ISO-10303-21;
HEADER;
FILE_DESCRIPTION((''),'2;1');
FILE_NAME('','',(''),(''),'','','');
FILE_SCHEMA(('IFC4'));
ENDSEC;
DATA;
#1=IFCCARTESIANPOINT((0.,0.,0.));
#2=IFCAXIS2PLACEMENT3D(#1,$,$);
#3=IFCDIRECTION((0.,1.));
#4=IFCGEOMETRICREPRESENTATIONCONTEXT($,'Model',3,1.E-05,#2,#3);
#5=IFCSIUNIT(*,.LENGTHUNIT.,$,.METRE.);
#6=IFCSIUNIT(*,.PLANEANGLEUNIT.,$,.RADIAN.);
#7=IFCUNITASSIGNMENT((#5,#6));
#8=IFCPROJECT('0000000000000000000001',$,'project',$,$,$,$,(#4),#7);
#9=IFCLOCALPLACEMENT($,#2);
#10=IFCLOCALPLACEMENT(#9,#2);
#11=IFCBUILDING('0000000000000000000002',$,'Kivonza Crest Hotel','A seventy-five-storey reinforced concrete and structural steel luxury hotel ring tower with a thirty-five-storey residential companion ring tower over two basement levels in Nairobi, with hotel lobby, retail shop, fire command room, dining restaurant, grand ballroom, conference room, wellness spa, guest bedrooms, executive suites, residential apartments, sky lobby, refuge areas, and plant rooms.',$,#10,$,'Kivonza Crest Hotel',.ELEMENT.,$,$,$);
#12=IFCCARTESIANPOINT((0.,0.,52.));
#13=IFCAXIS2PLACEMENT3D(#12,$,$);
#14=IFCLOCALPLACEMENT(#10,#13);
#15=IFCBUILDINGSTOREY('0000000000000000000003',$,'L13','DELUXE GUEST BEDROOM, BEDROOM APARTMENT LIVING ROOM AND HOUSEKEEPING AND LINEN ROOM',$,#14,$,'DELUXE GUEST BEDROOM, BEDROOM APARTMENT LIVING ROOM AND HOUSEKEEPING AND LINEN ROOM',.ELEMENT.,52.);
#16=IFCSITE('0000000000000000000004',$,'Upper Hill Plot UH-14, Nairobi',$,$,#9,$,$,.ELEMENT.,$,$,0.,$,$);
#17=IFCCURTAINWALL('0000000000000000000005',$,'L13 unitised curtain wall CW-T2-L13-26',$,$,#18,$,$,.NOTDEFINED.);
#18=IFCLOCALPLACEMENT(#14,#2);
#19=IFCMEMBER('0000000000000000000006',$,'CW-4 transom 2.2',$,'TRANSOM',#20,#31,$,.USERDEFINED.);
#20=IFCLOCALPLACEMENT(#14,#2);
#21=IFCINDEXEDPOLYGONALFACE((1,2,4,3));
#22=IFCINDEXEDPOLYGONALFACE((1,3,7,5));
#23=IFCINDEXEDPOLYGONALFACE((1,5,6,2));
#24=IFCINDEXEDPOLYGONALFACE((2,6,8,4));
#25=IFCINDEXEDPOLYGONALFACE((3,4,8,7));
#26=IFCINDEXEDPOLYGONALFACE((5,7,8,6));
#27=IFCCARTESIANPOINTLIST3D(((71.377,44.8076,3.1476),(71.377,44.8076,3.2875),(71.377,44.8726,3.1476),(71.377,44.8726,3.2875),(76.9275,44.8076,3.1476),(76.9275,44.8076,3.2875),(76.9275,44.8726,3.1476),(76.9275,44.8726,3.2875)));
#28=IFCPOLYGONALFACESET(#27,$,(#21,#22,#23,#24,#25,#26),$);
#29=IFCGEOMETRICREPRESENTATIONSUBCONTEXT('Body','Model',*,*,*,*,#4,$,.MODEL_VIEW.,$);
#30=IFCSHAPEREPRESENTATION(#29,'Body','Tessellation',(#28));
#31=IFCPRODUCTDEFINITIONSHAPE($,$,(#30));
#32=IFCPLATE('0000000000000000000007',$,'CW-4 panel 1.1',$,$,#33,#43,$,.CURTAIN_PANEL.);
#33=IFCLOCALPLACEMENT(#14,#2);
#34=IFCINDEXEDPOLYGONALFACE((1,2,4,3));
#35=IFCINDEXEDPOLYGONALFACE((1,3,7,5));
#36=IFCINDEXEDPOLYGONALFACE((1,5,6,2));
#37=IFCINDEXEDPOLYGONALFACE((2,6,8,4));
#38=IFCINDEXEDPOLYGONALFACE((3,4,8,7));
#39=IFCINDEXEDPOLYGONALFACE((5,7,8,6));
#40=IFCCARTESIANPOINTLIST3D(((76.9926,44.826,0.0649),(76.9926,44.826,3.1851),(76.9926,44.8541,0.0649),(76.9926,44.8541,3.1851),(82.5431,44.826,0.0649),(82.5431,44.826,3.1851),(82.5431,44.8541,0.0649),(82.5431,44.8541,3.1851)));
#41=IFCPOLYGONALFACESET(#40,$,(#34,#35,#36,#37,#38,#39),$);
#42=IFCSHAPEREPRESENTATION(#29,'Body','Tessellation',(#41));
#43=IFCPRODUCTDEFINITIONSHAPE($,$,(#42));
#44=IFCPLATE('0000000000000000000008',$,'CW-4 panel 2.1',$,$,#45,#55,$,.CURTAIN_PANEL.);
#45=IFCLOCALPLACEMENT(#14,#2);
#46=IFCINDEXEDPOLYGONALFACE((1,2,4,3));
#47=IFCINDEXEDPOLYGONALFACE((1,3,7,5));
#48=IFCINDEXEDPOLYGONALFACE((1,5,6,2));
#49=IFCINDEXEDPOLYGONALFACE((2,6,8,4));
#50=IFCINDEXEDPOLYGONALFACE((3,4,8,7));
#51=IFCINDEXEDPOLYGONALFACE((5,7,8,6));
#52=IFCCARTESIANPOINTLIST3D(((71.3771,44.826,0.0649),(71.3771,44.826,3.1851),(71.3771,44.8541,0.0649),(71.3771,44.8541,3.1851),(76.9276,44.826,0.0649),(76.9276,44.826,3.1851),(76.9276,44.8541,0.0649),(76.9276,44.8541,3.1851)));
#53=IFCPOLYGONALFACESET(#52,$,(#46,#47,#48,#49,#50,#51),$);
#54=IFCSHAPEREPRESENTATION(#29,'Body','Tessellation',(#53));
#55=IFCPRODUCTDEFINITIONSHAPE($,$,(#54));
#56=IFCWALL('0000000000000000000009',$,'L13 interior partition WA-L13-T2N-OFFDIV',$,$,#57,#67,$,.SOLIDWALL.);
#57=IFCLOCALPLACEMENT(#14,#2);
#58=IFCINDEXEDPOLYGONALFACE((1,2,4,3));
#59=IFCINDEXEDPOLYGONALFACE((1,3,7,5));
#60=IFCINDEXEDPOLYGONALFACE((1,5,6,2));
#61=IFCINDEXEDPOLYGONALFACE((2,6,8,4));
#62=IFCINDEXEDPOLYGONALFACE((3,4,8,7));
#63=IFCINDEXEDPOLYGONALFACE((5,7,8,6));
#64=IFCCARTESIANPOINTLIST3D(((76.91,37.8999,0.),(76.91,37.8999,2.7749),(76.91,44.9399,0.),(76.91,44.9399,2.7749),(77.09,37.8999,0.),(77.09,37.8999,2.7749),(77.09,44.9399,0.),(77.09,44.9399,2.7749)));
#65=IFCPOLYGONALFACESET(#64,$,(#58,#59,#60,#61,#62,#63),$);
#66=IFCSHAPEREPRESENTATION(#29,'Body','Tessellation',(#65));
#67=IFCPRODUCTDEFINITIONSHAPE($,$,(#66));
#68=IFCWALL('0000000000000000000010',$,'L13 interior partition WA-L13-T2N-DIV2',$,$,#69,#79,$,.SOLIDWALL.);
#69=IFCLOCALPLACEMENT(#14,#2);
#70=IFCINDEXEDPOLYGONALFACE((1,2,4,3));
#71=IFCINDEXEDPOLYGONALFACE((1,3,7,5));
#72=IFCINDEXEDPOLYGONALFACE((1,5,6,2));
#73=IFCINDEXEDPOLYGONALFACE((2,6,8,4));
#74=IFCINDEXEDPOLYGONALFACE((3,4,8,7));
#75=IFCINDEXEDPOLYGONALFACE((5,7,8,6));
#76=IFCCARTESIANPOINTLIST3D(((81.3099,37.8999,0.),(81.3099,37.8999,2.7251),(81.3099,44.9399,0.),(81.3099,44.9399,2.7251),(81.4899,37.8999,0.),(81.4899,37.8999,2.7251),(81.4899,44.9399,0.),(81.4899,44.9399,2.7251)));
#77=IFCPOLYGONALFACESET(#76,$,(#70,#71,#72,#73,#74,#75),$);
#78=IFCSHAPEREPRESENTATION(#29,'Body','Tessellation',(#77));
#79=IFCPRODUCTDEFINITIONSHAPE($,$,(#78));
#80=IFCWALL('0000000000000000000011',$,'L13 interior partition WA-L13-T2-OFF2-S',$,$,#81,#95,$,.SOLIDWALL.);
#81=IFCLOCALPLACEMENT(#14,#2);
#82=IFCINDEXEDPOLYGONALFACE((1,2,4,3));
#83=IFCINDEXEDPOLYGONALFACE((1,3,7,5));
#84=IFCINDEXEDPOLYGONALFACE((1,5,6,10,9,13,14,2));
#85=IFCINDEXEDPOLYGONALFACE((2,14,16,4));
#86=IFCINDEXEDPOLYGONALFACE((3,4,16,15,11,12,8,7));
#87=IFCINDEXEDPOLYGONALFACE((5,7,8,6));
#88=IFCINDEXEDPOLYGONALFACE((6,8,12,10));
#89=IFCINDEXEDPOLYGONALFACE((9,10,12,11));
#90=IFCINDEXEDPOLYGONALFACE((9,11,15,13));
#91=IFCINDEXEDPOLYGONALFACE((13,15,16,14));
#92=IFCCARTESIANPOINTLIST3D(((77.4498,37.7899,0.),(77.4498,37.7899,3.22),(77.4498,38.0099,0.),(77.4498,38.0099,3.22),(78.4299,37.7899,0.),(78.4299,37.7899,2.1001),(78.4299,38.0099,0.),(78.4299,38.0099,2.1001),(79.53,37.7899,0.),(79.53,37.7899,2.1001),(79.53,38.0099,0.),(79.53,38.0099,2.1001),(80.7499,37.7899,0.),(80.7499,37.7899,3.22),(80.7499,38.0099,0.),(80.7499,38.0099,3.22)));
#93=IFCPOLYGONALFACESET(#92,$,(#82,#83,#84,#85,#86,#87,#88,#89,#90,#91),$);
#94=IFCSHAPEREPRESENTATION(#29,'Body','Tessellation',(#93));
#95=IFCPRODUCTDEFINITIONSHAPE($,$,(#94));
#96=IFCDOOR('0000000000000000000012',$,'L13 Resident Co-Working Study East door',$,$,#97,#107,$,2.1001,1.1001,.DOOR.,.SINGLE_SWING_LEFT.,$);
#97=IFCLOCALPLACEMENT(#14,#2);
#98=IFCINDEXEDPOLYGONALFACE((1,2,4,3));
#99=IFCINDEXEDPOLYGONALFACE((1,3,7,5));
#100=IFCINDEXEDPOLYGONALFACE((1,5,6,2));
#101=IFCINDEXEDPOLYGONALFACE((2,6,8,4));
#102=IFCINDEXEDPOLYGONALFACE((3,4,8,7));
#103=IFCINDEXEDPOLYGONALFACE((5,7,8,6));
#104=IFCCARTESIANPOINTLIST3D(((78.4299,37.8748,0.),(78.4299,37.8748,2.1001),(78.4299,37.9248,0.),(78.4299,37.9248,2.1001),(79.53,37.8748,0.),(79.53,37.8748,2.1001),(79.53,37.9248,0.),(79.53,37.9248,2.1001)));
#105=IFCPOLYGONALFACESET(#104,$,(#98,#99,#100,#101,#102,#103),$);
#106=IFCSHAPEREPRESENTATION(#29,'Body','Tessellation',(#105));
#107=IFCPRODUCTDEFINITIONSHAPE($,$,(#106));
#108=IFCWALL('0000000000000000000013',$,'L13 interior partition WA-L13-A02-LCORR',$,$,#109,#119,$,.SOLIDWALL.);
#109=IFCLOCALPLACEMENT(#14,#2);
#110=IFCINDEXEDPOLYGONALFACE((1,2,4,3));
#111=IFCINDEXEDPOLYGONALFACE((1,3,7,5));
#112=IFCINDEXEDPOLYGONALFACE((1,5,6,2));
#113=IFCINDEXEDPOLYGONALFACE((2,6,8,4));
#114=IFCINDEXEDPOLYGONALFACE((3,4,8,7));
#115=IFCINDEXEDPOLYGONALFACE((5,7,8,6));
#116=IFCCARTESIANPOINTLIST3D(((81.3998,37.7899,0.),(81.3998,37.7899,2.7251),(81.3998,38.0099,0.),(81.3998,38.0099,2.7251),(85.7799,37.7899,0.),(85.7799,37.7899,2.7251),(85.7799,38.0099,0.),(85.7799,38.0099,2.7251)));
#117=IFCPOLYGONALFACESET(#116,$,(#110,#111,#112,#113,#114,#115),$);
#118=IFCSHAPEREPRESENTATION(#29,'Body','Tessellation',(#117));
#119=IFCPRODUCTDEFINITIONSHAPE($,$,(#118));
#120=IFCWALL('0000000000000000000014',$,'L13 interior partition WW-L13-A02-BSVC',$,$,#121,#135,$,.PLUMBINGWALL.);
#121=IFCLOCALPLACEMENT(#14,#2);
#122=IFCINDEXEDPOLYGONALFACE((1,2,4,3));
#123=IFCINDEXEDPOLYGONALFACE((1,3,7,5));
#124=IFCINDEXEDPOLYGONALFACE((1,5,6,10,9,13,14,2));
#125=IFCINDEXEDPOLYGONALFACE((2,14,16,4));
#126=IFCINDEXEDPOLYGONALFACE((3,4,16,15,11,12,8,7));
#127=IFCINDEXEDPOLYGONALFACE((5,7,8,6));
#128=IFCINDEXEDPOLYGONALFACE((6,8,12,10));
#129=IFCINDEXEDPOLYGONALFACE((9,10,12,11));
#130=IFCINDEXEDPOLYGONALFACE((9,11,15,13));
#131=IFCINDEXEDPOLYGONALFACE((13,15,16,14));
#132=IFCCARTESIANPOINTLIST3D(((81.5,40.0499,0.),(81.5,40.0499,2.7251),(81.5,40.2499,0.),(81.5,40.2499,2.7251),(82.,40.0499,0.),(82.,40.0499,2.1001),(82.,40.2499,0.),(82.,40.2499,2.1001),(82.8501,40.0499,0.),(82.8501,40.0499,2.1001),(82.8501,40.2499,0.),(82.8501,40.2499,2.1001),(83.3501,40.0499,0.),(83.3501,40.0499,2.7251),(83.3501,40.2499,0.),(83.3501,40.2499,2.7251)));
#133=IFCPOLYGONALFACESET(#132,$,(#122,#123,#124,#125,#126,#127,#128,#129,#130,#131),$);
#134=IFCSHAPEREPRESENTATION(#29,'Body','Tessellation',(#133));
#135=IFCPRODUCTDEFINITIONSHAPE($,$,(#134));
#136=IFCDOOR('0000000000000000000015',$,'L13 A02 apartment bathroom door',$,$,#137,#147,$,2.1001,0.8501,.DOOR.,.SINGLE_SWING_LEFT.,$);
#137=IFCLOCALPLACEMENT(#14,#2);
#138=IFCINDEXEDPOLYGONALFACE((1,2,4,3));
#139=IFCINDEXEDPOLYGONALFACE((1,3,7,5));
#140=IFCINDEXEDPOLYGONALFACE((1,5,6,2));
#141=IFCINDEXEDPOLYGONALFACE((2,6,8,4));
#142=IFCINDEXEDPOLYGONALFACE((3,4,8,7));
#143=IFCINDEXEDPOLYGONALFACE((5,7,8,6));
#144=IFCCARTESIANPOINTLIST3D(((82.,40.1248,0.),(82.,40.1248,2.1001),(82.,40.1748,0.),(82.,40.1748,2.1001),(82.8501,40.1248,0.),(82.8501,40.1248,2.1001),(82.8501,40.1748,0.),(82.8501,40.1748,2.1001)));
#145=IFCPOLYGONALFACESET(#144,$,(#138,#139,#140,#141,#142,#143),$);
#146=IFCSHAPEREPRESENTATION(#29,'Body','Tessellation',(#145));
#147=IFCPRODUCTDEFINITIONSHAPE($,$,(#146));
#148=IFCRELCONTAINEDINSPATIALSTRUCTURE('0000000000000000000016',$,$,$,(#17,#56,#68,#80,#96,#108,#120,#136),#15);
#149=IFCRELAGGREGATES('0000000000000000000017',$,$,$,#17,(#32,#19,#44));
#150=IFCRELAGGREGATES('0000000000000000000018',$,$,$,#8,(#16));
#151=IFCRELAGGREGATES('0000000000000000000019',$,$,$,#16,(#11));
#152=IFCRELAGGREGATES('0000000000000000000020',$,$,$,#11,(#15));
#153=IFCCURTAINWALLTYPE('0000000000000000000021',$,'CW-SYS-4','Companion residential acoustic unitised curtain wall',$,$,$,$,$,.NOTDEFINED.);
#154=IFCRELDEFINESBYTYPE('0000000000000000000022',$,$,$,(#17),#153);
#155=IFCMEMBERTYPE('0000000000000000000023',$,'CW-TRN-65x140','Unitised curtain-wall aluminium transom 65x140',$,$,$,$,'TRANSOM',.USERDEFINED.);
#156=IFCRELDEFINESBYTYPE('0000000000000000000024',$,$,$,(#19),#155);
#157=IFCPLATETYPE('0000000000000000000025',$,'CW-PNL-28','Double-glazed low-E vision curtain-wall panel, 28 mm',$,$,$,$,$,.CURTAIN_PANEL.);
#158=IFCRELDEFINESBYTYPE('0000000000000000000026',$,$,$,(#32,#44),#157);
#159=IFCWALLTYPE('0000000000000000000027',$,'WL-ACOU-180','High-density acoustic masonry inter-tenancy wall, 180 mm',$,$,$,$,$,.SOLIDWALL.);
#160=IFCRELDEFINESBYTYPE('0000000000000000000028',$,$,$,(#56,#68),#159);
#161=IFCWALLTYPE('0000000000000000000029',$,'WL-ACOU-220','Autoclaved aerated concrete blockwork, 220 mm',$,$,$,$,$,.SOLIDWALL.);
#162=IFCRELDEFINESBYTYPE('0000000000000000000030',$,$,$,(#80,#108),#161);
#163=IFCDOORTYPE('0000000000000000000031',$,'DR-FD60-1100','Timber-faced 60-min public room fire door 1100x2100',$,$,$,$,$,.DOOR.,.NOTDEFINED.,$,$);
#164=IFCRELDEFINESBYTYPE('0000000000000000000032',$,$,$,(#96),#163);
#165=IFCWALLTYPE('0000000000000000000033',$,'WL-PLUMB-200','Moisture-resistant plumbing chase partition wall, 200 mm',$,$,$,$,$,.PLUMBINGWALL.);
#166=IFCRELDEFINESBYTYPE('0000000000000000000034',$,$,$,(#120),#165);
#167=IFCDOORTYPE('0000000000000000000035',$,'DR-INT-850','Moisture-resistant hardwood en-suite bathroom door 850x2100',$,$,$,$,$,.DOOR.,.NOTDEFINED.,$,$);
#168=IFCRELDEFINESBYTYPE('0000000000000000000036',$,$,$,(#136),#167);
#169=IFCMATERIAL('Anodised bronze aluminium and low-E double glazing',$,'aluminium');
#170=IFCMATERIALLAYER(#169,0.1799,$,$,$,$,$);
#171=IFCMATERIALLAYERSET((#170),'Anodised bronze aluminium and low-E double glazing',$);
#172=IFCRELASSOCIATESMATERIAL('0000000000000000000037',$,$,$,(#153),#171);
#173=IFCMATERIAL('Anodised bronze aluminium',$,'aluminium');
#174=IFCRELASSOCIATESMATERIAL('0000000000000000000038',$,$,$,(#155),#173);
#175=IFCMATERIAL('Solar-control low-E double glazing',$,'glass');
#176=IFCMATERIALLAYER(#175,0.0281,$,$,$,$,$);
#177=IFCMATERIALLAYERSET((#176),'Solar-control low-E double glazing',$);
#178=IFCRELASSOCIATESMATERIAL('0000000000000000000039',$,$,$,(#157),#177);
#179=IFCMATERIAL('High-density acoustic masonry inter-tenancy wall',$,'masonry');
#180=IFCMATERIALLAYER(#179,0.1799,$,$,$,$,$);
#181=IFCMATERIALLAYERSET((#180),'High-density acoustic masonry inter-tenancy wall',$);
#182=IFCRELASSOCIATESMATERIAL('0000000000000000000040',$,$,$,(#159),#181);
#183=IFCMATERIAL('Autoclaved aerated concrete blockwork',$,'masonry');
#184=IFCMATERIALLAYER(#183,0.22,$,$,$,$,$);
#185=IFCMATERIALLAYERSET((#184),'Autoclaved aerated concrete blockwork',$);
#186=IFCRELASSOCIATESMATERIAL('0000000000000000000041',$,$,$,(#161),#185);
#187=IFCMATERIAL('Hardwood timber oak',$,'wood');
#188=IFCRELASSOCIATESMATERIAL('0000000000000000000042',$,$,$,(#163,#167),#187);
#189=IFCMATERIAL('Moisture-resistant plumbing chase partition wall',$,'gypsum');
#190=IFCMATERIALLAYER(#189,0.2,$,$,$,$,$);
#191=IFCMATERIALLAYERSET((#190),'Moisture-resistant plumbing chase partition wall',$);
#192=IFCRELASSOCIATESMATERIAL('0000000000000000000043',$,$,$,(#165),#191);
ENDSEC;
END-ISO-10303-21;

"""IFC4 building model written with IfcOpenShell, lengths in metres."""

from ifc_helpers import new_model, si_unit, direction, frame, frame_2d, origin, origin_2d, place, context, subcontext, project, spatial, rectangle, extrude, material, layer, layer_set, material_profile, profile_set, type_object, element, fill, aggregate, save


model = new_model("IFC4")

# Units and contexts
model_context = context("Model", 3, precision=1e-05, world=origin(), true_north=direction((0.0, 1.0)))
body_context = subcontext(model_context, "Body", "Model", "MODEL_VIEW")
ifc_project = project(units=[si_unit("LENGTHUNIT", "METRE"), si_unit("PLANEANGLEUNIT", "RADIAN")], contexts=[model_context])

# Site, building, storey
site_placement = place(None, origin())
site = spatial("IfcSite", under=ifc_project, at=site_placement, Name="Upper Hill Plot UH-14, Nairobi", CompositionType="ELEMENT", RefElevation=0.0)
building_placement = place(site_placement, origin())
building = spatial("IfcBuilding", under=site, at=building_placement, Name="Kivonza Crest Hotel", Description="A seventy-five-storey reinforced concrete and structural steel luxury hotel ring tower with a thirty-five-storey residential companion ring tower over two basement levels in Nairobi, with hotel lobby, retail shop, fire command room, dining restaurant, grand ballroom, conference room, wellness spa, guest bedrooms, executive suites, residential apartments, sky lobby, refuge areas, and plant rooms.", LongName="Kivonza Crest Hotel", CompositionType="ELEMENT")
storey_placement = place(building_placement, frame((0.0, 0.0, 52.0)))
storey = spatial("IfcBuildingStorey", under=building, at=storey_placement, Name="L13", Description="DELUXE GUEST BEDROOM, BEDROOM APARTMENT LIVING ROOM AND HOUSEKEEPING AND LINEN ROOM", LongName="DELUXE GUEST BEDROOM, BEDROOM APARTMENT LIVING ROOM AND HOUSEKEEPING AND LINEN ROOM", CompositionType="ELEMENT", Elevation=52.0)

# Curtain wall, member, plates
ifc_material_1 = material(Name="Anodised bronze aluminium and low-E double glazing", Category="aluminium")
ifc_layer_1 = layer(ifc_material_1, 0.1799)
ifc_layer_set_1 = layer_set([ifc_layer_1], Name="Anodised bronze aluminium and low-E double glazing")
curtain_wall_type = type_object("IfcCurtainWallType", Name="CW-SYS-4", Description="Companion residential acoustic unitised curtain wall", PredefinedType="NOTDEFINED", material=ifc_layer_set_1)
curtain_wall_placement = place(storey_placement, origin())
curtain_wall = element("IfcCurtainWall", 1, at=curtain_wall_placement, inside=storey, type_object=curtain_wall_type, Name="L13 unitised curtain wall CW-T2-L13-26", PredefinedType="NOTDEFINED")
ifc_material_2 = material(Name="Anodised bronze aluminium", Category="aluminium")
ifc_material_profile_1 = material_profile(ifc_material_2, rectangle(XDim=0.0649, YDim=0.1399, at=origin_2d()), Name="CW-T 65x140")
ifc_profile_set_1 = profile_set([ifc_material_profile_1], Name="Anodised bronze aluminium")
member_type_1 = type_object("IfcMemberType", Name="CW-TRN-65x140", Description="Unitised curtain-wall aluminium transom 65x140", ElementType="TRANSOM", PredefinedType="USERDEFINED", material=ifc_profile_set_1)
member_1_placement = place(storey_placement, frame((76.9275, 44.8401, 3.2175), z_axis=(-1.0, 0.0, 0.0), x_axis=(0.0, -1.0, 0.0)))
member_1 = element("IfcMember", 2, at=member_1_placement, type_object=member_type_1, Name="CW-4 transom 2.2", ObjectType="TRANSOM", PredefinedType="USERDEFINED", context=body_context, shape_type="SweptSolid", body=[
    extrude(rectangle(XDim=0.0649, YDim=0.1399, at=origin_2d()), origin(), (0.0, 0.0, 1.0), 5.5505),
])
ifc_material_3 = material(Name="Solar-control low-E double glazing", Category="glass")
ifc_layer_2 = layer(ifc_material_3, 0.0281)
ifc_layer_set_2 = layer_set([ifc_layer_2], Name="Solar-control low-E double glazing")
plate_type = type_object("IfcPlateType", Name="CW-PNL-28", Description="Double-glazed low-E vision curtain-wall panel, 28 mm", PredefinedType="CURTAIN_PANEL", material=ifc_layer_set_2)
plate_1_placement = place(storey_placement, frame((79.7678, 44.8401, 0.0649), z_axis=(0.0, 0.0, 1.0), x_axis=(-1.0, 0.0, 0.0)))
plate_1 = element("IfcPlate", 3, at=plate_1_placement, type_object=plate_type, Name="CW-4 panel 1.1", PredefinedType="CURTAIN_PANEL", context=body_context, shape_type="SweptSolid", body=[
    extrude(rectangle(XDim=5.5505, YDim=0.0281, at=origin_2d()), origin(), (0.0, 0.0, 1.0), 3.1201),
])
plate_2_placement = place(storey_placement, frame((74.1523, 44.8401, 0.0649), z_axis=(0.0, 0.0, 1.0), x_axis=(-1.0, 0.0, 0.0)))
plate_2 = element("IfcPlate", 4, at=plate_2_placement, type_object=plate_type, Name="CW-4 panel 2.1", PredefinedType="CURTAIN_PANEL", context=body_context, shape_type="SweptSolid", body=[
    extrude(rectangle(XDim=5.5505, YDim=0.0281, at=origin_2d()), origin(), (0.0, 0.0, 1.0), 3.1201),
])
aggregate(curtain_wall, [plate_1, member_1, plate_2])

# Walls
ifc_material_4 = material(Name="High-density acoustic masonry inter-tenancy wall", Category="masonry")
ifc_layer_3 = layer(ifc_material_4, 0.1799)
ifc_layer_set_3 = layer_set([ifc_layer_3], Name="High-density acoustic masonry inter-tenancy wall")
wall_type_1 = type_object("IfcWallType", Name="WL-ACOU-180", Description="High-density acoustic masonry inter-tenancy wall, 180 mm", PredefinedType="SOLIDWALL", material=ifc_layer_set_3)
wall_1_placement = place(storey_placement, frame((77.0, 37.8999, 0.0), z_axis=(0.0, 0.0, 1.0), x_axis=(0.0, 1.0, 0.0)))
element("IfcWall", 5, at=wall_1_placement, inside=storey, type_object=wall_type_1, Name="L13 interior partition WA-L13-T2N-OFFDIV", PredefinedType="SOLIDWALL", context=body_context, shape_type="SweptSolid", body=[
    extrude(rectangle(XDim=7.04, YDim=0.1799, at=frame_2d((3.52, 0.0))), origin(), (0.0, 0.0, 1.0), 2.7749),
])
wall_2_placement = place(storey_placement, frame((81.3999, 37.8999, 0.0), z_axis=(0.0, 0.0, 1.0), x_axis=(0.0, 1.0, 0.0)))
element("IfcWall", 6, at=wall_2_placement, inside=storey, type_object=wall_type_1, Name="L13 interior partition WA-L13-T2N-DIV2", PredefinedType="SOLIDWALL", context=body_context, shape_type="SweptSolid", body=[
    extrude(rectangle(XDim=7.04, YDim=0.1799, at=frame_2d((3.52, 0.0))), origin(), (0.0, 0.0, 1.0), 2.7251),
])

# Wall, opening, door
ifc_material_5 = material(Name="Autoclaved aerated concrete blockwork", Category="masonry")
ifc_layer_4 = layer(ifc_material_5, 0.22)
ifc_layer_set_4 = layer_set([ifc_layer_4], Name="Autoclaved aerated concrete blockwork")
wall_type_2 = type_object("IfcWallType", Name="WL-ACOU-220", Description="Autoclaved aerated concrete blockwork, 220 mm", PredefinedType="SOLIDWALL", material=ifc_layer_set_4)
wall_3_placement = place(storey_placement, frame((77.45, 37.8999, 0.0), z_axis=(0.0, 0.0, 1.0), x_axis=(1.0, 0.0, 0.0)))
wall_3 = element("IfcWall", 7, at=wall_3_placement, inside=storey, type_object=wall_type_2, Name="L13 interior partition WA-L13-T2-OFF2-S", PredefinedType="SOLIDWALL", context=body_context, shape_type="SweptSolid", body=[
    extrude(rectangle(XDim=3.3, YDim=0.22, at=frame_2d((1.6499, 0.0))), origin(), (0.0, 0.0, 1.0), 3.22),
])
opening_1_placement = place(wall_3_placement, frame((0.98, 0.0, 0.0)))
opening_1 = element("IfcOpeningElement", 8, at=opening_1_placement, cuts=wall_3, PredefinedType="OPENING", context=body_context, shape_type="SweptSolid", body=[
    extrude(rectangle(XDim=1.1001, YDim=2.1001, at=frame_2d((0.55, 1.05))), frame((0.0, 0.1201, 0.0), z_axis=(0.0, -1.0, 0.0), x_axis=(1.0, 0.0, 0.0)), (0.0, 0.0, 1.0), 0.24),
])
ifc_material_6 = material(Name="Hardwood timber oak", Category="wood")
door_type_1 = type_object("IfcDoorType", Name="DR-FD60-1100", Description="Timber-faced 60-min public room fire door 1100x2100", OperationType="NOTDEFINED", PredefinedType="DOOR", material=ifc_material_6)
door_1_placement = place(opening_1_placement, origin())
door_1 = element("IfcDoor", 9, at=door_1_placement, inside=storey, type_object=door_type_1, Name="L13 Resident Co-Working Study East door", OperationType="SINGLE_SWING_LEFT", OverallHeight=2.1001, OverallWidth=1.1001, PredefinedType="DOOR", context=body_context, shape_type="SweptSolid", body=[
    extrude(rectangle(XDim=1.1001, YDim=2.1001, at=frame_2d((0.55, 1.05))), frame((0.0, 0.0249, 0.0), z_axis=(0.0, -1.0, 0.0), x_axis=(1.0, 0.0, 0.0)), (0.0, 0.0, 1.0), 0.05),
])
fill(opening_1, door_1)

# Wall
wall_4_placement = place(storey_placement, frame((81.3999, 37.8999, 0.0), z_axis=(0.0, 0.0, 1.0), x_axis=(1.0, 0.0, 0.0)))
element("IfcWall", 10, at=wall_4_placement, inside=storey, type_object=wall_type_2, Name="L13 interior partition WA-L13-A02-LCORR", PredefinedType="SOLIDWALL", context=body_context, shape_type="SweptSolid", body=[
    extrude(rectangle(XDim=4.3801, YDim=0.22, at=frame_2d((2.1899, 0.0))), origin(), (0.0, 0.0, 1.0), 2.7251),
])

# Wall, opening, door
ifc_material_7 = material(Name="Moisture-resistant plumbing chase partition wall", Category="gypsum")
ifc_layer_5 = layer(ifc_material_7, 0.2)
ifc_layer_set_5 = layer_set([ifc_layer_5], Name="Moisture-resistant plumbing chase partition wall")
wall_type_3 = type_object("IfcWallType", Name="WL-PLUMB-200", Description="Moisture-resistant plumbing chase partition wall, 200 mm", PredefinedType="PLUMBINGWALL", material=ifc_layer_set_5)
wall_5_placement = place(storey_placement, frame((81.5, 40.1499, 0.0), z_axis=(0.0, 0.0, 1.0), x_axis=(1.0, 0.0, 0.0)))
wall_5 = element("IfcWall", 11, at=wall_5_placement, inside=storey, type_object=wall_type_3, Name="L13 interior partition WW-L13-A02-BSVC", PredefinedType="PLUMBINGWALL", context=body_context, shape_type="SweptSolid", body=[
    extrude(rectangle(XDim=1.8501, YDim=0.2, at=frame_2d((0.925, 0.0))), origin(), (0.0, 0.0, 1.0), 2.7251),
])
opening_2_placement = place(wall_5_placement, frame((0.5, 0.0, 0.0)))
opening_2 = element("IfcOpeningElement", 12, at=opening_2_placement, cuts=wall_5, PredefinedType="OPENING", context=body_context, shape_type="SweptSolid", body=[
    extrude(rectangle(XDim=0.8501, YDim=2.1001, at=frame_2d((0.425, 1.05))), frame((0.0, 0.1099, 0.0), z_axis=(0.0, -1.0, 0.0), x_axis=(1.0, 0.0, 0.0)), (0.0, 0.0, 1.0), 0.22),
])
door_type_2 = type_object("IfcDoorType", Name="DR-INT-850", Description="Moisture-resistant hardwood en-suite bathroom door 850x2100", OperationType="NOTDEFINED", PredefinedType="DOOR", material=ifc_material_6)
door_2_placement = place(opening_2_placement, origin())
door_2 = element("IfcDoor", 13, at=door_2_placement, inside=storey, type_object=door_type_2, Name="L13 A02 apartment bathroom door", OperationType="SINGLE_SWING_LEFT", OverallHeight=2.1001, OverallWidth=0.8501, PredefinedType="DOOR", context=body_context, shape_type="SweptSolid", body=[
    extrude(rectangle(XDim=0.8501, YDim=2.1001, at=frame_2d((0.425, 1.05))), frame((0.0, 0.0249, 0.0), z_axis=(0.0, -1.0, 0.0), x_axis=(1.0, 0.0, 0.0)), (0.0, 0.0, 1.0), 0.05),
])
fill(opening_2, door_2)

save(model, "model.ifc")
